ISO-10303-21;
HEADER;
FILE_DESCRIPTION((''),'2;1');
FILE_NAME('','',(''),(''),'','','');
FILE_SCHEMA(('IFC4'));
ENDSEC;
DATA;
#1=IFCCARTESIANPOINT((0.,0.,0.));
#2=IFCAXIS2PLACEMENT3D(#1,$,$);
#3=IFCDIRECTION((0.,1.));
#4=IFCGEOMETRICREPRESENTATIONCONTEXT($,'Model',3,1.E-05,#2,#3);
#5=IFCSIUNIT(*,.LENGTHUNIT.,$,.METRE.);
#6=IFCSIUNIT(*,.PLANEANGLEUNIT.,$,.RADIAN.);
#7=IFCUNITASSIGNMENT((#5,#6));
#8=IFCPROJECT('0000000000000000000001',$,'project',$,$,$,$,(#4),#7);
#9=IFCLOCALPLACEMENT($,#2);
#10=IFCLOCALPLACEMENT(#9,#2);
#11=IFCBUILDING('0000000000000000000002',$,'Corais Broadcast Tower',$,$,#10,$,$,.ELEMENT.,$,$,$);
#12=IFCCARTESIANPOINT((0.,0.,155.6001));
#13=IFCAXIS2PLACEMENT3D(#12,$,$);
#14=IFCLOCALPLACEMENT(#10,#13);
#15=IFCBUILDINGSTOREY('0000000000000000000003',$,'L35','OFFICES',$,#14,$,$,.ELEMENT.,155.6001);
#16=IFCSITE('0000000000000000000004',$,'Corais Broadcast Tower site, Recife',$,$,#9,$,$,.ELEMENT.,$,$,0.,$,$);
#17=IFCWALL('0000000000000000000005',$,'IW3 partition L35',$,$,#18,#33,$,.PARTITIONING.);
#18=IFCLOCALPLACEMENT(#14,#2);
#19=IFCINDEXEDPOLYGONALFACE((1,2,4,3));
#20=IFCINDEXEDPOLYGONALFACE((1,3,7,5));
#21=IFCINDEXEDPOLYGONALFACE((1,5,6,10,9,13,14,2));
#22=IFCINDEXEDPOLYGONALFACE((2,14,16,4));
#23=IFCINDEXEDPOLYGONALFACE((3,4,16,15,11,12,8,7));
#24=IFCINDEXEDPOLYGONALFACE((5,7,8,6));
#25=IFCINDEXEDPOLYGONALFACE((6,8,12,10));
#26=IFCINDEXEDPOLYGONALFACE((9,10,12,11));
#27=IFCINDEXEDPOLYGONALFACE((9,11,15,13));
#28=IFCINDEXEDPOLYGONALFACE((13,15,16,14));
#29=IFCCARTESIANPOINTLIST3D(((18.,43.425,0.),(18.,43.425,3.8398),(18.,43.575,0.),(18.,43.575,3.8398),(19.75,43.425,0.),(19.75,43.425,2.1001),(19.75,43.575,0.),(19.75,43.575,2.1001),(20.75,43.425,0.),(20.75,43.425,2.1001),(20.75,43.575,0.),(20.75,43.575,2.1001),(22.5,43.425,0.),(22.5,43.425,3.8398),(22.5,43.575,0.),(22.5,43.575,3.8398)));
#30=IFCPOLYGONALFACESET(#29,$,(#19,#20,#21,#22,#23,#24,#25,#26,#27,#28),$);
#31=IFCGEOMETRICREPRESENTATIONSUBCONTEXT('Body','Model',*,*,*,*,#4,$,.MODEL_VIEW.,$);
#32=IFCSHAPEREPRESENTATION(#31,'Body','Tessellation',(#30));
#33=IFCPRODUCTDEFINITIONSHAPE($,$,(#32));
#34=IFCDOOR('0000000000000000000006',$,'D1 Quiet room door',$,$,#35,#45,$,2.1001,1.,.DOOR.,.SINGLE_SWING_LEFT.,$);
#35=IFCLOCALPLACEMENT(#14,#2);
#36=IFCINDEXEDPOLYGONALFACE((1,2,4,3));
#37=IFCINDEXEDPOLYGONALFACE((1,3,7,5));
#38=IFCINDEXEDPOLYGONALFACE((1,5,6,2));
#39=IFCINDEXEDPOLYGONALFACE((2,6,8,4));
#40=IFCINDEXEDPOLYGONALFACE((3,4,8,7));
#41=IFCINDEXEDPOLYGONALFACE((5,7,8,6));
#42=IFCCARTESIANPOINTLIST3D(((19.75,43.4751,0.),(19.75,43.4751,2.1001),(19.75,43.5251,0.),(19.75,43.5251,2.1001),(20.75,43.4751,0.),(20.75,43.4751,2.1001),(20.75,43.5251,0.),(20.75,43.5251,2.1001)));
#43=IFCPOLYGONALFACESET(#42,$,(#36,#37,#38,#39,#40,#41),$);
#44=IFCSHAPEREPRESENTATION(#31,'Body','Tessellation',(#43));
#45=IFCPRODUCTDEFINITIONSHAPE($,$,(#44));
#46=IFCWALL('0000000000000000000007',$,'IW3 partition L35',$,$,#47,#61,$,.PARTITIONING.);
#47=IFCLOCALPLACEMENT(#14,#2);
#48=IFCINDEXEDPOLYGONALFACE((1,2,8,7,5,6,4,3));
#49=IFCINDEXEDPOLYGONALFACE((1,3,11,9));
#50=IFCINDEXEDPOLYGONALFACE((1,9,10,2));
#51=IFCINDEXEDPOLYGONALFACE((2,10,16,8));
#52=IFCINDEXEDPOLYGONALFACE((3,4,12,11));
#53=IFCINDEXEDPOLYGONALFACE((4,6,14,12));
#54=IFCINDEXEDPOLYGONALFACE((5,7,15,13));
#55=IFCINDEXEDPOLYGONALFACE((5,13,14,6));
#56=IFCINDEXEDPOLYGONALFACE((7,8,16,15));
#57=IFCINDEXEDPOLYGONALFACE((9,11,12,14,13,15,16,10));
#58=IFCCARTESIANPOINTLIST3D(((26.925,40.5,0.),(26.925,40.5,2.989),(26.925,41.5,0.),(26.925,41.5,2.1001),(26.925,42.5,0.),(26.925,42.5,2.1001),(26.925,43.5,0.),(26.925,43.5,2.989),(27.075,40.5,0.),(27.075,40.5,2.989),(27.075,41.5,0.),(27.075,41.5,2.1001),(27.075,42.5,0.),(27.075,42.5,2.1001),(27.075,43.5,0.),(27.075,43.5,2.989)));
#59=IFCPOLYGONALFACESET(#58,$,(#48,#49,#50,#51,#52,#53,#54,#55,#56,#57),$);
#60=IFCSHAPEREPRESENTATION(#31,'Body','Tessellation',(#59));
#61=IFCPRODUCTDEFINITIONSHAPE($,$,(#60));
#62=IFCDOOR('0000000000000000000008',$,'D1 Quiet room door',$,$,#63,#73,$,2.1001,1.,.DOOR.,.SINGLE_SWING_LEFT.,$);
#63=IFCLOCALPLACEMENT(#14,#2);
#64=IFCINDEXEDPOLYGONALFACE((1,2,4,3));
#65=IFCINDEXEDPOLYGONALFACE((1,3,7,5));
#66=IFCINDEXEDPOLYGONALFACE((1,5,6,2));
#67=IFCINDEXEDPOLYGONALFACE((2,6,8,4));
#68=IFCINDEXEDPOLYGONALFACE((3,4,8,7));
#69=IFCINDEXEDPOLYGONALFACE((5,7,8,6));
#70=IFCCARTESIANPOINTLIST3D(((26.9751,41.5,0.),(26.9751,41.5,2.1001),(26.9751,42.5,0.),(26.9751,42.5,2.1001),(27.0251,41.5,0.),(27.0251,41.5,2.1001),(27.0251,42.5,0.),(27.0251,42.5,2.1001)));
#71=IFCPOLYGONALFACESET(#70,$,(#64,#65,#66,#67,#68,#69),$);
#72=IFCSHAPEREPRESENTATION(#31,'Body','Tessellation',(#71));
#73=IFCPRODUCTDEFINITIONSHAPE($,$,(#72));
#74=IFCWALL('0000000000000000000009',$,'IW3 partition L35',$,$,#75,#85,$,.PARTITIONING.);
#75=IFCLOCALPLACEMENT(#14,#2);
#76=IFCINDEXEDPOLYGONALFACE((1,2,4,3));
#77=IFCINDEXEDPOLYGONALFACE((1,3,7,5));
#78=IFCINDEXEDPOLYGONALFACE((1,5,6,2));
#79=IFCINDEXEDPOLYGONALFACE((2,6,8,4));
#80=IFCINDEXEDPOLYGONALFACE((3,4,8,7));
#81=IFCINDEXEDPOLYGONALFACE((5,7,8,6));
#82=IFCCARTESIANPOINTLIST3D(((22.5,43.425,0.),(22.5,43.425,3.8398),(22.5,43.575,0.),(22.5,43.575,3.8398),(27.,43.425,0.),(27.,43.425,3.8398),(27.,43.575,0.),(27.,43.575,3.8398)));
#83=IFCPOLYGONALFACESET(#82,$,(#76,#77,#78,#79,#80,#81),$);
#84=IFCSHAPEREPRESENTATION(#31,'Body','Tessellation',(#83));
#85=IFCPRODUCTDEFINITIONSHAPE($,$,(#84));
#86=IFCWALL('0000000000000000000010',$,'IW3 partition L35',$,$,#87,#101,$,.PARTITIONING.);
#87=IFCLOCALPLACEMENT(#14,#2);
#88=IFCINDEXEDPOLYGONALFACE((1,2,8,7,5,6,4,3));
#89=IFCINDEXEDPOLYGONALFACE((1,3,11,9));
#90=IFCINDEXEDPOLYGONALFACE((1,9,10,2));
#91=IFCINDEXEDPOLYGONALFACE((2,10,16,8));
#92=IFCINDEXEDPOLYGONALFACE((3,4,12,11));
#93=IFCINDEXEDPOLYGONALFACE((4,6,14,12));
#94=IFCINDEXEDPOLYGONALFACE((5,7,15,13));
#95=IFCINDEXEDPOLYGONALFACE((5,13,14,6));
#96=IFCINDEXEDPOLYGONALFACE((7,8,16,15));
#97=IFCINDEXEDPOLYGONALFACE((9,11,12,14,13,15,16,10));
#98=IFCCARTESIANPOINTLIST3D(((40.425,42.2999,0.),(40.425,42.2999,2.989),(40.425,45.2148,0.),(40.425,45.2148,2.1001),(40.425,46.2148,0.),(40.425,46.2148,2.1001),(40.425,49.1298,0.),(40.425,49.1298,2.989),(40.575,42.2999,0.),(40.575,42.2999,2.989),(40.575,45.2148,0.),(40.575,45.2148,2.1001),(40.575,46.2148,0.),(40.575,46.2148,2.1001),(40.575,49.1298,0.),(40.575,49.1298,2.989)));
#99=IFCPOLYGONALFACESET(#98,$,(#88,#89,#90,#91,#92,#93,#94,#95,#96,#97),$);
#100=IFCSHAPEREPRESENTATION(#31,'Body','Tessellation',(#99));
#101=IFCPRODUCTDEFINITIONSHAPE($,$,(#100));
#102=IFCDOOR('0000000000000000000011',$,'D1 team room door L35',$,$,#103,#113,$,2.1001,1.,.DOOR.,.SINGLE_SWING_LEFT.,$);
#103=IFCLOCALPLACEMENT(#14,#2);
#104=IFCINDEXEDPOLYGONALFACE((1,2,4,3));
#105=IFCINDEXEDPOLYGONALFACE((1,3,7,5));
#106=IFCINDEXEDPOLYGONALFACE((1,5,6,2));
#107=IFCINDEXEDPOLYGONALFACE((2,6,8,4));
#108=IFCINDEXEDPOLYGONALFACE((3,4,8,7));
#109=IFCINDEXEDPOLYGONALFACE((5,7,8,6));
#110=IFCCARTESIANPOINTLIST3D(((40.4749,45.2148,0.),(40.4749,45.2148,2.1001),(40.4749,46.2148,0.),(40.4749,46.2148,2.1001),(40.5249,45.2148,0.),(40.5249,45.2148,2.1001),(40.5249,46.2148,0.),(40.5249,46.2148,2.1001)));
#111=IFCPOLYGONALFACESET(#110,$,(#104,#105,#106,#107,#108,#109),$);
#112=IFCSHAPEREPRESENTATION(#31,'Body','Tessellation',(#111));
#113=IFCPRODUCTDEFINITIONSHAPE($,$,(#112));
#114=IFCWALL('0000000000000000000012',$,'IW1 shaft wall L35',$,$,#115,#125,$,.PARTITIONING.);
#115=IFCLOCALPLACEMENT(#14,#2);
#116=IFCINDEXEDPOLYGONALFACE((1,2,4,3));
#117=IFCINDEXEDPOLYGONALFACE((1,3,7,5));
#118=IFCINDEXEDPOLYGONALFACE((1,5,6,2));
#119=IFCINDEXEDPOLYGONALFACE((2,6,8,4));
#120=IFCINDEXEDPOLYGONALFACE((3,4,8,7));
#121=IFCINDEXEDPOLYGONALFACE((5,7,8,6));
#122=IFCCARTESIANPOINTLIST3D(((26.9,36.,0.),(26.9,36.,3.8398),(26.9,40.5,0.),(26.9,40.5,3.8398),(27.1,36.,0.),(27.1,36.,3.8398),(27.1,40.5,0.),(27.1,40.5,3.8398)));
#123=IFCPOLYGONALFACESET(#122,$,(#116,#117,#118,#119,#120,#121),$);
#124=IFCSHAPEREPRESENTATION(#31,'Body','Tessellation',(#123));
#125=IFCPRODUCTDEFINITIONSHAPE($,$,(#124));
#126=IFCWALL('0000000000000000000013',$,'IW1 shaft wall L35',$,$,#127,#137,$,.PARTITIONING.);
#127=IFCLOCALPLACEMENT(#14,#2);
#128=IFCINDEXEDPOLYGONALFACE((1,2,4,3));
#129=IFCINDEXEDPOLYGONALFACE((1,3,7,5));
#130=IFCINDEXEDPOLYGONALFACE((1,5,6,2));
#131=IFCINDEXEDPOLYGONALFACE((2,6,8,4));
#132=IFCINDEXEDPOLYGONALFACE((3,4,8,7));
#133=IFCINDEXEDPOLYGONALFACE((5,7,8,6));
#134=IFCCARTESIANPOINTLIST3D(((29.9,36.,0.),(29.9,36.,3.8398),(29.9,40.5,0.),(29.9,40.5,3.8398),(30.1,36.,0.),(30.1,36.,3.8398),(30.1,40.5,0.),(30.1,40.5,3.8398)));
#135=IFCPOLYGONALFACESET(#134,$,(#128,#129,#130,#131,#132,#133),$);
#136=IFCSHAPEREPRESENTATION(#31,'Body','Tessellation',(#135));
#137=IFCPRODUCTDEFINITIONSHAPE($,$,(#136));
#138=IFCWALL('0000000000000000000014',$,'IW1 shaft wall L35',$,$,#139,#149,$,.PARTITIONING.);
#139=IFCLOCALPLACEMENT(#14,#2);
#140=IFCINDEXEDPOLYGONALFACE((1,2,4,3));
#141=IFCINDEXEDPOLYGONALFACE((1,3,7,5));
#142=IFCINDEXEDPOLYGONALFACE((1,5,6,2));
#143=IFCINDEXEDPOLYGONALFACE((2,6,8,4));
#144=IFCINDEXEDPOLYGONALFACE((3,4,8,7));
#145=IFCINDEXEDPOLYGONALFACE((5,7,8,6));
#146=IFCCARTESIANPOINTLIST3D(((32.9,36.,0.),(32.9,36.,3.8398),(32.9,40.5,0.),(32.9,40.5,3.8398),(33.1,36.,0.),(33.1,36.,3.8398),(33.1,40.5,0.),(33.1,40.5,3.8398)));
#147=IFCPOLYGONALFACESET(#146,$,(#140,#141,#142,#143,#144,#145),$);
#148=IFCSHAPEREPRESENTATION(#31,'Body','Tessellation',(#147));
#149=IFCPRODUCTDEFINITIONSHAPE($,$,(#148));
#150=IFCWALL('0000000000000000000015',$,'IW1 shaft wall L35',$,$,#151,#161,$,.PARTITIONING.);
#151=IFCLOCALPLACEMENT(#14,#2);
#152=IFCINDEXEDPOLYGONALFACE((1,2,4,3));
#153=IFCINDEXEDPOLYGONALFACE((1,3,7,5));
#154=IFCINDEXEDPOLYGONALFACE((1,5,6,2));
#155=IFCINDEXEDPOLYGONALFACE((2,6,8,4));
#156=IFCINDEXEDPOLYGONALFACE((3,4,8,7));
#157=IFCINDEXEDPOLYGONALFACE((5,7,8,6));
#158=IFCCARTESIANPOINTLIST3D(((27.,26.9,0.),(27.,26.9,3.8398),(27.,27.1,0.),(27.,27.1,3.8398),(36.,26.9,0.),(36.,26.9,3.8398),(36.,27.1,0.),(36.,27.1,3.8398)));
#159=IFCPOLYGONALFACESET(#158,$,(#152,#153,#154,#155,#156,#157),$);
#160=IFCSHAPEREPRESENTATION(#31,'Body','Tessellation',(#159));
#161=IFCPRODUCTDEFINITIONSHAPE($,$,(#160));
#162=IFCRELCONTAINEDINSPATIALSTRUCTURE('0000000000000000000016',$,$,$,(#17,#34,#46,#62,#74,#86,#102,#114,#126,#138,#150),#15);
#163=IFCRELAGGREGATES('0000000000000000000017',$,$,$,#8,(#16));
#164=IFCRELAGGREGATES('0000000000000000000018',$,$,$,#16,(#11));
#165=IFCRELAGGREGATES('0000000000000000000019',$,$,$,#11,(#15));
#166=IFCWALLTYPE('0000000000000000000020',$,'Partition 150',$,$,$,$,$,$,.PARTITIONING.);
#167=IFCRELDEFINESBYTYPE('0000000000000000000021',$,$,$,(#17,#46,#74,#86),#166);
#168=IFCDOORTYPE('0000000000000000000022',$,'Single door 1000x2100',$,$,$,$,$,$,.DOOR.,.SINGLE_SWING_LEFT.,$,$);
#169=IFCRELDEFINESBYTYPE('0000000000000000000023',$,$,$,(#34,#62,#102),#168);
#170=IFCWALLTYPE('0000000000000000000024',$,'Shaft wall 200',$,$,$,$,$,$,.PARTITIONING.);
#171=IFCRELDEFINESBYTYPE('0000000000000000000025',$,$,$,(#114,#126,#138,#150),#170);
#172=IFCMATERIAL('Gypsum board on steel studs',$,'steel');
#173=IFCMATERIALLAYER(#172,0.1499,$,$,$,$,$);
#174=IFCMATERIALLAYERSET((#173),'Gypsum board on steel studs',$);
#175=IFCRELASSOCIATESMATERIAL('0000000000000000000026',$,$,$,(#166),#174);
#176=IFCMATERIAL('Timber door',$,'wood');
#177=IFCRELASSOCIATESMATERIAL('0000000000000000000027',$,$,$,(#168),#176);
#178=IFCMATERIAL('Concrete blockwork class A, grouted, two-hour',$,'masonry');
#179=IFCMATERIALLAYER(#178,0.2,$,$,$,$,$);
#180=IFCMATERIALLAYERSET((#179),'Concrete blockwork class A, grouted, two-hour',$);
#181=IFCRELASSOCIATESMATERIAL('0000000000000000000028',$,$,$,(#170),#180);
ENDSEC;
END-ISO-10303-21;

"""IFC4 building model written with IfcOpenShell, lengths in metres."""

from ifc_helpers import new_model, si_unit, direction, frame, frame_2d, origin, place, context, subcontext, project, spatial, rectangle, extrude, material, layer, layer_set, type_object, element, fill, save


model = new_model("IFC4")

# Units and contexts
model_context = context("Model", 3, precision=1e-05, world=origin(), true_north=direction((0.0, 1.0)))
body_context = subcontext(model_context, "Body", "Model", "MODEL_VIEW")
ifc_project = project(units=[si_unit("LENGTHUNIT", "METRE"), si_unit("PLANEANGLEUNIT", "RADIAN")], contexts=[model_context])

# Site, building, storey
site_placement = place(None, origin())
site = spatial("IfcSite", under=ifc_project, at=site_placement, Name="Corais Broadcast Tower site, Recife", CompositionType="ELEMENT", RefElevation=0.0)
building_placement = place(site_placement, origin())
building = spatial("IfcBuilding", under=site, at=building_placement, Name="Corais Broadcast Tower", CompositionType="ELEMENT")
storey_placement = place(building_placement, frame((0.0, 0.0, 155.6001)))
storey = spatial("IfcBuildingStorey", under=building, at=storey_placement, Name="L35", Description="OFFICES", CompositionType="ELEMENT", Elevation=155.6001)

# Shared definitions
ifc_material_1 = material(Name="Gypsum board on steel studs", Category="steel")
ifc_layer_1 = layer(ifc_material_1, 0.1499)
ifc_layer_set_1 = layer_set([ifc_layer_1], Name="Gypsum board on steel studs")
wall_type_1 = type_object("IfcWallType", Name="Partition 150", PredefinedType="PARTITIONING", material=ifc_layer_set_1)

# Walls, openings, doors
wall_1_placement = place(storey_placement, frame((22.5, 43.5, 0.0), z_axis=(0.0, 0.0, 1.0), x_axis=(-1.0, 0.0, 0.0)))
wall_1 = element("IfcWall", 1, at=wall_1_placement, inside=storey, type_object=wall_type_1, Name="IW3 partition L35", PredefinedType="PARTITIONING", context=body_context, shape_type="SweptSolid", body=[
    extrude(rectangle(XDim=4.5, YDim=0.1499, at=frame_2d((2.25, 0.0))), origin(), (0.0, 0.0, 1.0), 3.8398),
])
opening_1_placement = place(wall_1_placement, frame((1.75, 0.0, 0.0)))
opening_1 = element("IfcOpeningElement", 2, at=opening_1_placement, cuts=wall_1, PredefinedType="OPENING", context=body_context, shape_type="SweptSolid", body=[
    extrude(rectangle(XDim=1.0, YDim=2.1001, at=frame_2d((0.5, 1.05))), frame((0.0, 0.085, 0.0), z_axis=(0.0, -1.0, 0.0), x_axis=(1.0, 0.0, 0.0)), (0.0, 0.0, 1.0), 0.1699),
])
ifc_material_2 = material(Name="Timber door", Category="wood")
door_type = type_object("IfcDoorType", Name="Single door 1000x2100", OperationType="SINGLE_SWING_LEFT", PredefinedType="DOOR", material=ifc_material_2)
door_1_placement = place(opening_1_placement, origin())
door_1 = element("IfcDoor", 3, at=door_1_placement, inside=storey, type_object=door_type, Name="D1 Quiet room door", OperationType="SINGLE_SWING_LEFT", OverallHeight=2.1001, OverallWidth=1.0, PredefinedType="DOOR", context=body_context, shape_type="SweptSolid", body=[
    extrude(rectangle(XDim=1.0, YDim=2.1001, at=frame_2d((0.5, 1.05))), frame((0.0, 0.0249, 0.0), z_axis=(0.0, -1.0, 0.0), x_axis=(1.0, 0.0, 0.0)), (0.0, 0.0, 1.0), 0.05),
])
fill(opening_1, door_1)
wall_2_placement = place(storey_placement, frame((27.0, 40.5, 0.0), z_axis=(0.0, 0.0, 1.0), x_axis=(0.0, 1.0, 0.0)))
wall_2 = element("IfcWall", 4, at=wall_2_placement, inside=storey, type_object=wall_type_1, Name="IW3 partition L35", PredefinedType="PARTITIONING", context=body_context, shape_type="SweptSolid", body=[
    extrude(rectangle(XDim=3.0, YDim=0.1499, at=frame_2d((1.5, 0.0))), origin(), (0.0, 0.0, 1.0), 2.989),
])
opening_2_placement = place(wall_2_placement, frame((1.0, 0.0, 0.0)))
opening_2 = element("IfcOpeningElement", 5, at=opening_2_placement, cuts=wall_2, PredefinedType="OPENING", context=body_context, shape_type="SweptSolid", body=[
    extrude(rectangle(XDim=1.0, YDim=2.1001, at=frame_2d((0.5, 1.05))), frame((0.0, 0.085, 0.0), z_axis=(0.0, -1.0, 0.0), x_axis=(1.0, 0.0, 0.0)), (0.0, 0.0, 1.0), 0.1699),
])
door_2_placement = place(opening_2_placement, origin())
door_2 = element("IfcDoor", 6, at=door_2_placement, inside=storey, type_object=door_type, Name="D1 Quiet room door", OperationType="SINGLE_SWING_LEFT", OverallHeight=2.1001, OverallWidth=1.0, PredefinedType="DOOR", context=body_context, shape_type="SweptSolid", body=[
    extrude(rectangle(XDim=1.0, YDim=2.1001, at=frame_2d((0.5, 1.05))), frame((0.0, 0.0249, 0.0), z_axis=(0.0, -1.0, 0.0), x_axis=(1.0, 0.0, 0.0)), (0.0, 0.0, 1.0), 0.05),
])
fill(opening_2, door_2)

# Wall
wall_3_placement = place(storey_placement, frame((27.0, 43.5, 0.0), z_axis=(0.0, 0.0, 1.0), x_axis=(-1.0, 0.0, 0.0)))
element("IfcWall", 7, at=wall_3_placement, inside=storey, type_object=wall_type_1, Name="IW3 partition L35", PredefinedType="PARTITIONING", context=body_context, shape_type="SweptSolid", body=[
    extrude(rectangle(XDim=4.5, YDim=0.1499, at=frame_2d((2.25, 0.0))), origin(), (0.0, 0.0, 1.0), 3.8398),
])

# Wall, opening, door
wall_4_placement = place(storey_placement, frame((40.5, 49.1299, 0.0), z_axis=(0.0, 0.0, 1.0), x_axis=(0.0, -1.0, 0.0)))
wall_4 = element("IfcWall", 8, at=wall_4_placement, inside=storey, type_object=wall_type_1, Name="IW3 partition L35", PredefinedType="PARTITIONING", context=body_context, shape_type="SweptSolid", body=[
    extrude(rectangle(XDim=6.8298, YDim=0.1499, at=frame_2d((3.415, 0.0))), origin(), (0.0, 0.0, 1.0), 2.989),
])
opening_3_placement = place(wall_4_placement, frame((2.915, 0.0, 0.0)))
opening_3 = element("IfcOpeningElement", 9, at=opening_3_placement, cuts=wall_4, PredefinedType="OPENING", context=body_context, shape_type="SweptSolid", body=[
    extrude(rectangle(XDim=1.0, YDim=2.1001, at=frame_2d((0.5, 1.05))), frame((0.0, 0.085, 0.0), z_axis=(0.0, -1.0, 0.0), x_axis=(1.0, 0.0, 0.0)), (0.0, 0.0, 1.0), 0.1699),
])
door_3_placement = place(opening_3_placement, origin())
door_3 = element("IfcDoor", 10, at=door_3_placement, inside=storey, type_object=door_type, Name="D1 team room door L35", OperationType="SINGLE_SWING_LEFT", OverallHeight=2.1001, OverallWidth=1.0, PredefinedType="DOOR", context=body_context, shape_type="SweptSolid", body=[
    extrude(rectangle(XDim=1.0, YDim=2.1001, at=frame_2d((0.5, 1.05))), frame((0.0, 0.0249, 0.0), z_axis=(0.0, -1.0, 0.0), x_axis=(1.0, 0.0, 0.0)), (0.0, 0.0, 1.0), 0.05),
])
fill(opening_3, door_3)

# Walls
ifc_material_3 = material(Name="Concrete blockwork class A, grouted, two-hour", Category="masonry")
ifc_layer_2 = layer(ifc_material_3, 0.2)
ifc_layer_set_2 = layer_set([ifc_layer_2], Name="Concrete blockwork class A, grouted, two-hour")
wall_type_2 = type_object("IfcWallType", Name="Shaft wall 200", PredefinedType="PARTITIONING", material=ifc_layer_set_2)
for number, where, z_axis, x_axis, name in (
    (11, (27.0, 36.0, 0.0), (0.0, 0.0, 1.0), (0.0, 1.0, 0.0), "IW1 shaft wall L35"),
    (12, (30.0, 36.0, 0.0), (0.0, 0.0, 1.0), (0.0, 1.0, 0.0), "IW1 shaft wall L35"),
    (13, (33.0, 36.0, 0.0), (0.0, 0.0, 1.0), (0.0, 1.0, 0.0), "IW1 shaft wall L35"),
):
    element("IfcWall", number, at=place(storey_placement, frame(where, z_axis=z_axis, x_axis=x_axis)), inside=storey, type_object=wall_type_2, Name=name, PredefinedType="PARTITIONING", context=body_context, shape_type="SweptSolid", body=[
        extrude(rectangle(XDim=4.5, YDim=0.2, at=frame_2d((2.25, 0.0))), origin(), (0.0, 0.0, 1.0), 3.8398),
    ])
wall_5_placement = place(storey_placement, frame((27.0, 27.0, 0.0), z_axis=(0.0, 0.0, 1.0), x_axis=(1.0, 0.0, 0.0)))
element("IfcWall", 14, at=wall_5_placement, inside=storey, type_object=wall_type_2, Name="IW1 shaft wall L35", PredefinedType="PARTITIONING", context=body_context, shape_type="SweptSolid", body=[
    extrude(rectangle(XDim=9.0, YDim=0.2, at=frame_2d((4.5, 0.0))), origin(), (0.0, 0.0, 1.0), 3.8398),
])

save(model, "model.ifc")
